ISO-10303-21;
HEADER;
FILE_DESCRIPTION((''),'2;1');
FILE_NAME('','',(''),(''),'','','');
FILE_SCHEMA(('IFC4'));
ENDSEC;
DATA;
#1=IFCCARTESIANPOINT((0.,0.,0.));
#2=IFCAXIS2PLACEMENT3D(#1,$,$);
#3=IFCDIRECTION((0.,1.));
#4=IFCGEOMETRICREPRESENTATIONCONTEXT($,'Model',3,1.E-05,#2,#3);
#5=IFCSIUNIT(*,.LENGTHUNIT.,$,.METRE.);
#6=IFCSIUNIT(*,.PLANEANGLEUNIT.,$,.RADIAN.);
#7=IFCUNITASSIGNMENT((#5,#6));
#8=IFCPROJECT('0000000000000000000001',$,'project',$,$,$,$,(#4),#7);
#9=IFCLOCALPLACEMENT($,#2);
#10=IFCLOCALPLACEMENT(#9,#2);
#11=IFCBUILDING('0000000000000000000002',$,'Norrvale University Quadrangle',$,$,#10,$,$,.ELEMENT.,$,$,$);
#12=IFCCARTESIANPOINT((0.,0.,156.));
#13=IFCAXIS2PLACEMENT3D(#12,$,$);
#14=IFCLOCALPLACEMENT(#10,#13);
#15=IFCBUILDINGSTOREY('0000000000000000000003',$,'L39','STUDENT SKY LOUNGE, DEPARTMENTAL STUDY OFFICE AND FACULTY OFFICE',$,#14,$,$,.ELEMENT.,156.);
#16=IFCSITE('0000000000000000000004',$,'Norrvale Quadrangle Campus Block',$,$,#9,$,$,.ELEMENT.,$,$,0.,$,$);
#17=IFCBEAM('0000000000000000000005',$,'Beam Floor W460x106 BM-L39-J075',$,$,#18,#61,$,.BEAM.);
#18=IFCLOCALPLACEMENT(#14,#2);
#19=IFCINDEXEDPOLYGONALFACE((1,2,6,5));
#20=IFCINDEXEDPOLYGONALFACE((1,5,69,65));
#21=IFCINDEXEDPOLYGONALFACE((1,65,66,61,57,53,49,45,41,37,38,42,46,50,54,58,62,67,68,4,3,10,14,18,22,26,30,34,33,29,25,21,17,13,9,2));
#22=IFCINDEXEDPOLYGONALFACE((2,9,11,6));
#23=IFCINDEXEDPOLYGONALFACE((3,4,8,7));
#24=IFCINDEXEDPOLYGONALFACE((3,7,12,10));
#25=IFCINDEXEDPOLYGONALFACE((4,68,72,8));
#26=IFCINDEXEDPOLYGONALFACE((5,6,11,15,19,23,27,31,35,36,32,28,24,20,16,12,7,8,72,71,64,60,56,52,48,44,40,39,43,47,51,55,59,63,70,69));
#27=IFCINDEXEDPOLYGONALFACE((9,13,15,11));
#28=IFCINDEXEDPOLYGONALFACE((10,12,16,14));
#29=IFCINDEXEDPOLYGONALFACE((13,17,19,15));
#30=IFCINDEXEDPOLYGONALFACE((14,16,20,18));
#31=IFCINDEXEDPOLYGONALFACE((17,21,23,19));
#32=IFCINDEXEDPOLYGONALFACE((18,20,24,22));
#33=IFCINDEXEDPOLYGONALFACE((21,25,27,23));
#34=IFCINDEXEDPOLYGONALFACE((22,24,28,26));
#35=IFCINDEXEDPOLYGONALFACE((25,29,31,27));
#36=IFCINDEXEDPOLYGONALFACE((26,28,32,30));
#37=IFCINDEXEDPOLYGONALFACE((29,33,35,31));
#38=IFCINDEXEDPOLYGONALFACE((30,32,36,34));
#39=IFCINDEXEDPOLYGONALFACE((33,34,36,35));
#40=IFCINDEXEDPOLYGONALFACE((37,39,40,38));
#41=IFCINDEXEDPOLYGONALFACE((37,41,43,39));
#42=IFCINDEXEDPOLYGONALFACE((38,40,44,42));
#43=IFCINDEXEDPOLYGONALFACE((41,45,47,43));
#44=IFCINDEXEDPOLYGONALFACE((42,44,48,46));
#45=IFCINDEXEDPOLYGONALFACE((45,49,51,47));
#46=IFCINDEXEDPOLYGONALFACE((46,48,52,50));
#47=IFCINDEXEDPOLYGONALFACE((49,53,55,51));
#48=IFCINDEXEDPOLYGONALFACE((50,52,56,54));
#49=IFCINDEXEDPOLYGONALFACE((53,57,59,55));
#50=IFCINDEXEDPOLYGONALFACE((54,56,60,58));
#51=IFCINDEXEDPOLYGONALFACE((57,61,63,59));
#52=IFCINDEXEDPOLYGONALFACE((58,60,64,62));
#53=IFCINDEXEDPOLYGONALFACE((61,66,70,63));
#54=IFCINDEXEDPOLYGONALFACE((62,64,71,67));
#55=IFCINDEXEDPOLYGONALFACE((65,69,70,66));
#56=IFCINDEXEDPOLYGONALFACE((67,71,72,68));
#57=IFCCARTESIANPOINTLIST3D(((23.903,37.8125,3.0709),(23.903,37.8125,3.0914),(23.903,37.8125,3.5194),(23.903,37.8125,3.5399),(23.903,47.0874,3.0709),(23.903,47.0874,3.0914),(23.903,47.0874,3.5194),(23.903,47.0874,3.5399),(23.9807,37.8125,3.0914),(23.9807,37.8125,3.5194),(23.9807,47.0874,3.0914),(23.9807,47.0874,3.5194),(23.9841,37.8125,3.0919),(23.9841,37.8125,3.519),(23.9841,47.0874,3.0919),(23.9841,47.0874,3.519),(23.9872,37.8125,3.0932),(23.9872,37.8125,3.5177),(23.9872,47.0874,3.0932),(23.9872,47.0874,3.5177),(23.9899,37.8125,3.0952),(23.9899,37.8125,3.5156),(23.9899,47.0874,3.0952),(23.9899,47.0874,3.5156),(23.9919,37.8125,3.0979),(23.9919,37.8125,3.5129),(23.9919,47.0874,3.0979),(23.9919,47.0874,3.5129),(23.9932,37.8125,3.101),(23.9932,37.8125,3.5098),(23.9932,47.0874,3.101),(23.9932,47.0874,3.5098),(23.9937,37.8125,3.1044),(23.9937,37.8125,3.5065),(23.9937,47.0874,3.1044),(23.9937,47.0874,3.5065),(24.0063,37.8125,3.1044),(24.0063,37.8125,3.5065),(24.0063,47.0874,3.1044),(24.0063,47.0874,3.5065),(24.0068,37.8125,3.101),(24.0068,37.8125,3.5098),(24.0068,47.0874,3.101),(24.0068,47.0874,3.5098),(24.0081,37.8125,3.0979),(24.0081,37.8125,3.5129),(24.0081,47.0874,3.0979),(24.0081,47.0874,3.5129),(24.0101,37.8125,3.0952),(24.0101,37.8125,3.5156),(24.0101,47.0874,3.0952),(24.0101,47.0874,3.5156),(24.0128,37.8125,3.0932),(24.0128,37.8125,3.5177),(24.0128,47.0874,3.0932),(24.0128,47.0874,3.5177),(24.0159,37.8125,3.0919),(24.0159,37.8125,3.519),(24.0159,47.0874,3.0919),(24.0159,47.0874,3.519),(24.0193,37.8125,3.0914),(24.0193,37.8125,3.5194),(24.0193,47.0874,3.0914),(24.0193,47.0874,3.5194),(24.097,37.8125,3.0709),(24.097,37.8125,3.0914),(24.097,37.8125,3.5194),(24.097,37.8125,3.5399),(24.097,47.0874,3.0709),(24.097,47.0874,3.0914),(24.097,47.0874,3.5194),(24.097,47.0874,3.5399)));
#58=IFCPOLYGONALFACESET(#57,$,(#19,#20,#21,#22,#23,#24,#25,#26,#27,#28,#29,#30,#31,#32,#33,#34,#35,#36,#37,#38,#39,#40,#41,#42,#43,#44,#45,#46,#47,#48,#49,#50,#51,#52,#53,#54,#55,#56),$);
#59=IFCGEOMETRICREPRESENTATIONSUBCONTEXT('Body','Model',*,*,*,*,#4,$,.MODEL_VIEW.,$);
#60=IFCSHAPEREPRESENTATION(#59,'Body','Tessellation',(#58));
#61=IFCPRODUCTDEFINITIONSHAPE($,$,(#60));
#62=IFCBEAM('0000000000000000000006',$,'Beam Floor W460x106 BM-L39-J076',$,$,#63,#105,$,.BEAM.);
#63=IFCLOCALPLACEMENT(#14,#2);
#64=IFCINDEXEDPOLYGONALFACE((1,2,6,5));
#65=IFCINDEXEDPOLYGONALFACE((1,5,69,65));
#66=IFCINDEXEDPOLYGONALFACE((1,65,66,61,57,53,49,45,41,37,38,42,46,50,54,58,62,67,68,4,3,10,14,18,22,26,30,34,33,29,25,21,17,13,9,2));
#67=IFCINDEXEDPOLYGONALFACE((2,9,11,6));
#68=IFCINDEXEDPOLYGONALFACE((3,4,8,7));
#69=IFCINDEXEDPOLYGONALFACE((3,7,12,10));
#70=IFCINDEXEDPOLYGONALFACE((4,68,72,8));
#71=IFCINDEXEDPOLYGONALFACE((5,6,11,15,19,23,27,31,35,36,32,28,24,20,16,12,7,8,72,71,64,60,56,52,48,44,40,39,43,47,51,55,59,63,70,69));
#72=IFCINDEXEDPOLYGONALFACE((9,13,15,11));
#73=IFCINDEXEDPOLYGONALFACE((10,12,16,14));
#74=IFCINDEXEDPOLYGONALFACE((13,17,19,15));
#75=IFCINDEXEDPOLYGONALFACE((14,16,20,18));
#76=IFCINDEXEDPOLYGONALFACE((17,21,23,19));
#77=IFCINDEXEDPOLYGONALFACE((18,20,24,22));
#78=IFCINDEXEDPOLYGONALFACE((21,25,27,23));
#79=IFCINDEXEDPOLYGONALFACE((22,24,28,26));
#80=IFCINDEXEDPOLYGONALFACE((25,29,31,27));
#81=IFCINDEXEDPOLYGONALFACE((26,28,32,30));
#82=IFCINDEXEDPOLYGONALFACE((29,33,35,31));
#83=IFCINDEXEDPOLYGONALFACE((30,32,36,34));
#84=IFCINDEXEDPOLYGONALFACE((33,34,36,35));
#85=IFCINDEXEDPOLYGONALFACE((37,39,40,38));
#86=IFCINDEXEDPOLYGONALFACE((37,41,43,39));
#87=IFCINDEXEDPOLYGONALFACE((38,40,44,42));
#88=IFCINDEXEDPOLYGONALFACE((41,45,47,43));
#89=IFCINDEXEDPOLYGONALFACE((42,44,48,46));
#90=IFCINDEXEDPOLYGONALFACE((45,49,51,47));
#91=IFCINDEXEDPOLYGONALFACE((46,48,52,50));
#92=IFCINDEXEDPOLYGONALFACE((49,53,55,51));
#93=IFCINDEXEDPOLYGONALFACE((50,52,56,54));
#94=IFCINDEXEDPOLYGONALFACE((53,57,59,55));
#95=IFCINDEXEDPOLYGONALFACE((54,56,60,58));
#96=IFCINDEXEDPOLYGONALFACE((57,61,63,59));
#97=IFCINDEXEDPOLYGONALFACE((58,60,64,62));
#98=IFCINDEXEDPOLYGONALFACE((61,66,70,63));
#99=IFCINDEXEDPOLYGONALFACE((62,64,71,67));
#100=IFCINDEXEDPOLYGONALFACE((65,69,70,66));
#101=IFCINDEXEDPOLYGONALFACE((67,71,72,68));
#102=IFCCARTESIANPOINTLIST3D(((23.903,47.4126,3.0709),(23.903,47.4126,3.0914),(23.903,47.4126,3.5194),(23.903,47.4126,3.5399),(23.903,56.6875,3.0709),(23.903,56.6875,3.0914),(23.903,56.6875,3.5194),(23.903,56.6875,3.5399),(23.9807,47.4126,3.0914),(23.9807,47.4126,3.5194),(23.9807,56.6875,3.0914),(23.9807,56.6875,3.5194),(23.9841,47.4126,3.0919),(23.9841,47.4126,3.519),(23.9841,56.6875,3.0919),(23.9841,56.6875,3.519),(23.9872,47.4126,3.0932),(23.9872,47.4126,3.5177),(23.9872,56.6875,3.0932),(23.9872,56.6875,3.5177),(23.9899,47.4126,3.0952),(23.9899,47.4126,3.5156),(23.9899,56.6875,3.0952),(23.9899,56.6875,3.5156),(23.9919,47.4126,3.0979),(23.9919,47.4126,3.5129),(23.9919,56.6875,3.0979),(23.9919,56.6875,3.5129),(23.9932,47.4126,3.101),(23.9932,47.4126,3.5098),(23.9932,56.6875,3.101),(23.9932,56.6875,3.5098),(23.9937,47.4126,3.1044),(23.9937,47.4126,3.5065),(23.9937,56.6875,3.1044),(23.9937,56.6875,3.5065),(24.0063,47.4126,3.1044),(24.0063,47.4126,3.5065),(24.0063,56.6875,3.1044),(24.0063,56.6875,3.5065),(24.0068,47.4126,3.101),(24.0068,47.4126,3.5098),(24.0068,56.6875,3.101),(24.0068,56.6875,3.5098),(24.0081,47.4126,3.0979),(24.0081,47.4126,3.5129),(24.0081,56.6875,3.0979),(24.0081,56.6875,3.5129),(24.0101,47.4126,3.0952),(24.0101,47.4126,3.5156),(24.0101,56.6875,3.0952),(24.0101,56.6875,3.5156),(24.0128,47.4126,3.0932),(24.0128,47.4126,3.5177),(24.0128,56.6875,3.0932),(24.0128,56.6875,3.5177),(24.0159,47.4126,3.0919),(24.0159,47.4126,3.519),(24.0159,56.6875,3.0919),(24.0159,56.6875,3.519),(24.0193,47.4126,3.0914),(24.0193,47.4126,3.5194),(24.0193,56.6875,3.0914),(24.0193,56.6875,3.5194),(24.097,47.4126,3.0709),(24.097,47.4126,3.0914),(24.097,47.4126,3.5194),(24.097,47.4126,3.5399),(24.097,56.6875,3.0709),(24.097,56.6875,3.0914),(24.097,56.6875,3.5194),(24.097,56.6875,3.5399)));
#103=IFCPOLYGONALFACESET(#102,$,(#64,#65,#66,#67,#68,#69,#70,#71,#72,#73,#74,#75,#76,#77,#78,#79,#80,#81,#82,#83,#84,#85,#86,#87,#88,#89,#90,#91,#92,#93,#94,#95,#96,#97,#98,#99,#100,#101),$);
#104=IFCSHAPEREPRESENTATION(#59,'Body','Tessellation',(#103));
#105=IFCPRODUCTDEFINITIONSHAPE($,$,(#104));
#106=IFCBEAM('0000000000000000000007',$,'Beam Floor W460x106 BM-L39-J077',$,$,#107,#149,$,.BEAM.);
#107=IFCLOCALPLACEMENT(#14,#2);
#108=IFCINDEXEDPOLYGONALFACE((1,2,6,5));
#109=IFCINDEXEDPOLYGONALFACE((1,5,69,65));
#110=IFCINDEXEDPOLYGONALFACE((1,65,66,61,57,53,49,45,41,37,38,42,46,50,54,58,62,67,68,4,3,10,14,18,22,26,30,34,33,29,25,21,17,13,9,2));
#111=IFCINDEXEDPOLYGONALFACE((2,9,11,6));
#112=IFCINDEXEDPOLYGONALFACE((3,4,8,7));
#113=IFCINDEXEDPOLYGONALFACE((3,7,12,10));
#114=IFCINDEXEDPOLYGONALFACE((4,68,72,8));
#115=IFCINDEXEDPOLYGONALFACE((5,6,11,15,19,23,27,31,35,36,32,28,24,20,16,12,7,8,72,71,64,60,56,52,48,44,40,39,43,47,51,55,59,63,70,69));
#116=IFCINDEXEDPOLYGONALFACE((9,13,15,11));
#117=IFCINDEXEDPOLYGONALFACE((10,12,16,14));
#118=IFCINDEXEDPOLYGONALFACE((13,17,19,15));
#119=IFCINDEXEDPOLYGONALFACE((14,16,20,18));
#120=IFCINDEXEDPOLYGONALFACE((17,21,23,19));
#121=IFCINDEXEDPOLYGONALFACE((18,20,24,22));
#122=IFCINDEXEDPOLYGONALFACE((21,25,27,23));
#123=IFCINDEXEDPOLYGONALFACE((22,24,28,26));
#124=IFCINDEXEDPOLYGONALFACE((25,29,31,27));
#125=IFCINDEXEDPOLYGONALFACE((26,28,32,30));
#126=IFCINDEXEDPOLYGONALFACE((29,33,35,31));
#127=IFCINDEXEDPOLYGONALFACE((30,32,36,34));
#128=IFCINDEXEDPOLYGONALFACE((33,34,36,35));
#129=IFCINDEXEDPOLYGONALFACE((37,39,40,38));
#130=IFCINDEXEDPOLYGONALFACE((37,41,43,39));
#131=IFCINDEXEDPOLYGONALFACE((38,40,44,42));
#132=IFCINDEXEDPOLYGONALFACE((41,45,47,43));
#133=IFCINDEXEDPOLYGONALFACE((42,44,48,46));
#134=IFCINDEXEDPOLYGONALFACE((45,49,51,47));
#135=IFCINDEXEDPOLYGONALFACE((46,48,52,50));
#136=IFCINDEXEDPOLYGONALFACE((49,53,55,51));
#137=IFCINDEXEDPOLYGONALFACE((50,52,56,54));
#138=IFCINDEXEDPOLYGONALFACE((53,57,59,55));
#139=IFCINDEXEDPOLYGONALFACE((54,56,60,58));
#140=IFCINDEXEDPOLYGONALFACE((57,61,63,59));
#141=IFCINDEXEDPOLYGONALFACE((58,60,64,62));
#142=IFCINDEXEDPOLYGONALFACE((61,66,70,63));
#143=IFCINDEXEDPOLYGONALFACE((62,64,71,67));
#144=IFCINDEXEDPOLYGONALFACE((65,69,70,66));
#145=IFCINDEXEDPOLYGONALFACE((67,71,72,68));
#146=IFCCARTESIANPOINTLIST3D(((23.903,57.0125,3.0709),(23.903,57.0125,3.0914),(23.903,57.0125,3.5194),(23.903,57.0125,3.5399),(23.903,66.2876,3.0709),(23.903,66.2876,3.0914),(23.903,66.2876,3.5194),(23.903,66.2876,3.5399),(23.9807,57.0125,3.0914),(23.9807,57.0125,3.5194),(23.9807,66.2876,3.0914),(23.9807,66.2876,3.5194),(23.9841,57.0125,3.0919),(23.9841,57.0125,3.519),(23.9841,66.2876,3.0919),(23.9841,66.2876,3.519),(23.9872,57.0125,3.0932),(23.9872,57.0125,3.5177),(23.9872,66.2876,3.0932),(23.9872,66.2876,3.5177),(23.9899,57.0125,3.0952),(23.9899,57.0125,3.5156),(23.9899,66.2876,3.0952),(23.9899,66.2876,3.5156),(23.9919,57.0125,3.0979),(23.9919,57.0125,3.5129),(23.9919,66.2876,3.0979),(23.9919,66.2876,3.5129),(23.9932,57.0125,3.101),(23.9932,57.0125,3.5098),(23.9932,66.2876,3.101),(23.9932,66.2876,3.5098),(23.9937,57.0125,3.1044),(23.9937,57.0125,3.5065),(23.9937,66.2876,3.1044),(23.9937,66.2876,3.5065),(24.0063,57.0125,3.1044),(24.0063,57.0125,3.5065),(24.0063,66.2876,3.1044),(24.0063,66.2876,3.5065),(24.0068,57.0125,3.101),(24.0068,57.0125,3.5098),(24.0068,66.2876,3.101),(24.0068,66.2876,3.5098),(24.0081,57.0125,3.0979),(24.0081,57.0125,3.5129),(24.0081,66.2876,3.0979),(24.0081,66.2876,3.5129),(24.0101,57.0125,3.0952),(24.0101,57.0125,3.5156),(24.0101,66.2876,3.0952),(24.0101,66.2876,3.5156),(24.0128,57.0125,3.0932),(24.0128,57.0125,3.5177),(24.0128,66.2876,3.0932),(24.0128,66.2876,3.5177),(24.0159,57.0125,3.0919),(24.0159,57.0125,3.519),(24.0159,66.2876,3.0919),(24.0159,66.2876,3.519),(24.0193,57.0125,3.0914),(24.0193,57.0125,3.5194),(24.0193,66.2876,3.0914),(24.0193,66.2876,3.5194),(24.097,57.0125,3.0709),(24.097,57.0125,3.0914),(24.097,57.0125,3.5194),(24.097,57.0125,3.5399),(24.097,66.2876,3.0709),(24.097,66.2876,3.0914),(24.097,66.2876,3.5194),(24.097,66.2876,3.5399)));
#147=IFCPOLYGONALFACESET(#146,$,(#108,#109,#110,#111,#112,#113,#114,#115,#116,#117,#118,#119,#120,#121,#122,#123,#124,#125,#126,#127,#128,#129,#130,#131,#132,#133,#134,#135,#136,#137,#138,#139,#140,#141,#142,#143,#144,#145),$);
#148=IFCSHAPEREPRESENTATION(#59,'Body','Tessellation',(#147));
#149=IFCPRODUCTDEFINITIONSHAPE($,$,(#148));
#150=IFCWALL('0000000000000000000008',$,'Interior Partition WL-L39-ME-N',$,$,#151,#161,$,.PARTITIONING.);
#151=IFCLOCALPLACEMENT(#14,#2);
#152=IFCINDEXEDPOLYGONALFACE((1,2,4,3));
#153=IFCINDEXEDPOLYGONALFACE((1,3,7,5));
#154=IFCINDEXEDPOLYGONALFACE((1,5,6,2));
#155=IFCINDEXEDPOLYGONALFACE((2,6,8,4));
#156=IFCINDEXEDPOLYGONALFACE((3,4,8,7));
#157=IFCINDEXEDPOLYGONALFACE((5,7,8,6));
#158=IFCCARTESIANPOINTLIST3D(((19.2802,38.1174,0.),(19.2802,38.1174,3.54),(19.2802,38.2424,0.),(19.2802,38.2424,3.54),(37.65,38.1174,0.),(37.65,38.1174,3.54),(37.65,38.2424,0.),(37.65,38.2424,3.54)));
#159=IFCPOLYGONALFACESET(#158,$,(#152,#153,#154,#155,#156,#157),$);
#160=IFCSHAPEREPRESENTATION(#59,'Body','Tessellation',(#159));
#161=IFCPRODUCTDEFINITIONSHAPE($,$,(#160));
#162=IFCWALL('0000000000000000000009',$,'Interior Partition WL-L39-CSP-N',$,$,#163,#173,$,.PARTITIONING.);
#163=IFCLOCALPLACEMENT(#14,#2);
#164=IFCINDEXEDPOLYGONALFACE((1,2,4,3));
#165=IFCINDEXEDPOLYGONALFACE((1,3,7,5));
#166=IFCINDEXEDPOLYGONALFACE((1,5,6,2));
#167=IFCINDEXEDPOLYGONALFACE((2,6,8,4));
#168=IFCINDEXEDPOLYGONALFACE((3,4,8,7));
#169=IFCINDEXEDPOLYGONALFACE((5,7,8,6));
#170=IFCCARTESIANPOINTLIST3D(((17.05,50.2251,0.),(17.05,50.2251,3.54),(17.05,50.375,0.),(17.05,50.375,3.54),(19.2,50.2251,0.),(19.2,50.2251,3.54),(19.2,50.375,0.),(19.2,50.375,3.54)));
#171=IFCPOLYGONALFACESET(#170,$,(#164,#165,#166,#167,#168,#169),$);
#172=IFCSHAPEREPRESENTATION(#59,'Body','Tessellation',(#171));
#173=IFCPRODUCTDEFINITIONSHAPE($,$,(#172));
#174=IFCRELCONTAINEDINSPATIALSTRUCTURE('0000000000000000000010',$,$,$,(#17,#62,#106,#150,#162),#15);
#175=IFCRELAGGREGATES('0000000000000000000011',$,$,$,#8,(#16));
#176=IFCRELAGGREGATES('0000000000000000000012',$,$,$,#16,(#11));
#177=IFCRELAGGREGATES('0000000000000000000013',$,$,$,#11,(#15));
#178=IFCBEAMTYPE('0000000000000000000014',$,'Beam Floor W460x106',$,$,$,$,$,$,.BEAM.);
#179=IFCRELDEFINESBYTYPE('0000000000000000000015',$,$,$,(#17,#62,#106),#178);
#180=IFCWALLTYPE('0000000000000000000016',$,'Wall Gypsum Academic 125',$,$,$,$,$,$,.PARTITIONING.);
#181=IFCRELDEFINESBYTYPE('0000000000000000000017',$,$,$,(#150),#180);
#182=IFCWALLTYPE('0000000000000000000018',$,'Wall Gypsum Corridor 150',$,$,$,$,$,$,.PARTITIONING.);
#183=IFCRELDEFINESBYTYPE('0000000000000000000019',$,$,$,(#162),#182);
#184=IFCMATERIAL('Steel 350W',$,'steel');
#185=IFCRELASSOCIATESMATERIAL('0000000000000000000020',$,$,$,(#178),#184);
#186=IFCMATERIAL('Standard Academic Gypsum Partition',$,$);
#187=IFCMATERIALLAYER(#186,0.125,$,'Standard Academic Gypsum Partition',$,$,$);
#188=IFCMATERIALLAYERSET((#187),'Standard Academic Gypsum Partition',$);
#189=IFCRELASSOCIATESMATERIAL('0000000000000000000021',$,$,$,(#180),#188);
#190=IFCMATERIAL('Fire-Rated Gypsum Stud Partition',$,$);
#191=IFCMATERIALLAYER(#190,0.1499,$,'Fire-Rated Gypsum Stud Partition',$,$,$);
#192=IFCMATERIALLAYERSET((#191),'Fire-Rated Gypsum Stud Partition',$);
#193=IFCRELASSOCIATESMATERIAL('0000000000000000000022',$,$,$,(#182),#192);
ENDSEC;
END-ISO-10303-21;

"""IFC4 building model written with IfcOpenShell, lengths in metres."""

from ifc_helpers import new_model, si_unit, direction, frame, frame_2d, origin, origin_2d, place, context, subcontext, project, spatial, rectangle, i_section, extrude, material, layer, layer_set, material_profile, profile_set, type_object, element, save


model = new_model("IFC4")

# Units and contexts
model_context = context("Model", 3, precision=1e-05, world=origin(), true_north=direction((0.0, 1.0)))
body_context = subcontext(model_context, "Body", "Model", "MODEL_VIEW")
ifc_project = project(units=[si_unit("LENGTHUNIT", "METRE"), si_unit("PLANEANGLEUNIT", "RADIAN")], contexts=[model_context])

# Site, building, storey
site_placement = place(None, origin())
site = spatial("IfcSite", under=ifc_project, at=site_placement, Name="Norrvale Quadrangle Campus Block", CompositionType="ELEMENT", RefElevation=0.0)
building_placement = place(site_placement, origin())
building = spatial("IfcBuilding", under=site, at=building_placement, Name="Norrvale University Quadrangle", CompositionType="ELEMENT")
storey_placement = place(building_placement, frame((0.0, 0.0, 156.0)))
storey = spatial("IfcBuildingStorey", under=building, at=storey_placement, Name="L39", Description="STUDENT SKY LOUNGE, DEPARTMENTAL STUDY OFFICE AND FACULTY OFFICE", CompositionType="ELEMENT", Elevation=156.0)

# Beams
ifc_material_1 = material(Name="Steel 350W", Category="steel")
ifc_material_profile_1 = material_profile(ifc_material_1, i_section(OverallWidth=0.1941, OverallDepth=0.469, WebThickness=0.0127, FlangeThickness=0.0205, FilletRadius=0.0129, at=origin_2d()), Name="Steel 350W")
ifc_profile_set_1 = profile_set([ifc_material_profile_1], Name="Steel 350W")
beam_type_1 = type_object("IfcBeamType", Name="Beam Floor W460x106", PredefinedType="BEAM", material=ifc_profile_set_1)
for number, where, z_axis, x_axis, name in (
    (1, (24.0, 37.8125, 3.3054), (0.0, 1.0, 0.0), (-1.0, 0.0, 0.0), "Beam Floor W460x106 BM-L39-J075"),
    (2, (24.0, 47.4126, 3.3054), (0.0, 1.0, 0.0), (-1.0, 0.0, 0.0), "Beam Floor W460x106 BM-L39-J076"),
):
    element("IfcBeam", number, at=place(storey_placement, frame(where, z_axis=z_axis, x_axis=x_axis)), inside=storey, type_object=beam_type_1, Name=name, PredefinedType="BEAM", context=body_context, shape_type="SweptSolid", body=[
        extrude(i_section(OverallWidth=0.1941, OverallDepth=0.469, WebThickness=0.0127, FlangeThickness=0.0205, FilletRadius=0.0129, at=origin_2d()), origin(), (0.0, 0.0, 1.0), 9.2749),
    ])
beam_1_placement = place(storey_placement, frame((24.0, 57.0125, 3.3054), z_axis=(0.0, 1.0, 0.0), x_axis=(-1.0, 0.0, 0.0)))
element("IfcBeam", 3, at=beam_1_placement, inside=storey, type_object=beam_type_1, Name="Beam Floor W460x106 BM-L39-J077", PredefinedType="BEAM", context=body_context, shape_type="SweptSolid", body=[
    extrude(i_section(OverallWidth=0.1941, OverallDepth=0.469, WebThickness=0.0127, FlangeThickness=0.0205, FilletRadius=0.0129, at=origin_2d()), origin(), (0.0, 0.0, 1.0), 9.2751),
])

# Walls
ifc_material_2 = material(Name="Standard Academic Gypsum Partition")
ifc_layer_1 = layer(ifc_material_2, 0.125, Name="Standard Academic Gypsum Partition")
ifc_layer_set_1 = layer_set([ifc_layer_1], Name="Standard Academic Gypsum Partition")
wall_type_1 = type_object("IfcWallType", Name="Wall Gypsum Academic 125", PredefinedType="PARTITIONING", material=ifc_layer_set_1)
wall_1_placement = place(storey_placement, frame((19.28, 38.1799, 0.0), z_axis=(0.0, 0.0, 1.0), x_axis=(1.0, 0.0, 0.0)))
element("IfcWall", 4, at=wall_1_placement, inside=storey, type_object=wall_type_1, Name="Interior Partition WL-L39-ME-N", PredefinedType="PARTITIONING", context=body_context, shape_type="SweptSolid", body=[
    extrude(rectangle(XDim=18.3699, YDim=0.125, at=frame_2d((9.1851, 0.0))), origin(), (0.0, 0.0, 1.0), 3.54),
])
ifc_material_3 = material(Name="Fire-Rated Gypsum Stud Partition")
ifc_layer_2 = layer(ifc_material_3, 0.1499, Name="Fire-Rated Gypsum Stud Partition")
ifc_layer_set_2 = layer_set([ifc_layer_2], Name="Fire-Rated Gypsum Stud Partition")
wall_type_2 = type_object("IfcWallType", Name="Wall Gypsum Corridor 150", PredefinedType="PARTITIONING", material=ifc_layer_set_2)
wall_2_placement = place(storey_placement, frame((17.05, 50.3, 0.0), z_axis=(0.0, 0.0, 1.0), x_axis=(1.0, 0.0, 0.0)))
element("IfcWall", 5, at=wall_2_placement, inside=storey, type_object=wall_type_2, Name="Interior Partition WL-L39-CSP-N", PredefinedType="PARTITIONING", context=body_context, shape_type="SweptSolid", body=[
    extrude(rectangle(XDim=2.1499, YDim=0.1499, at=frame_2d((1.075, 0.0))), origin(), (0.0, 0.0, 1.0), 3.54),
])

save(model, "model.ifc")
